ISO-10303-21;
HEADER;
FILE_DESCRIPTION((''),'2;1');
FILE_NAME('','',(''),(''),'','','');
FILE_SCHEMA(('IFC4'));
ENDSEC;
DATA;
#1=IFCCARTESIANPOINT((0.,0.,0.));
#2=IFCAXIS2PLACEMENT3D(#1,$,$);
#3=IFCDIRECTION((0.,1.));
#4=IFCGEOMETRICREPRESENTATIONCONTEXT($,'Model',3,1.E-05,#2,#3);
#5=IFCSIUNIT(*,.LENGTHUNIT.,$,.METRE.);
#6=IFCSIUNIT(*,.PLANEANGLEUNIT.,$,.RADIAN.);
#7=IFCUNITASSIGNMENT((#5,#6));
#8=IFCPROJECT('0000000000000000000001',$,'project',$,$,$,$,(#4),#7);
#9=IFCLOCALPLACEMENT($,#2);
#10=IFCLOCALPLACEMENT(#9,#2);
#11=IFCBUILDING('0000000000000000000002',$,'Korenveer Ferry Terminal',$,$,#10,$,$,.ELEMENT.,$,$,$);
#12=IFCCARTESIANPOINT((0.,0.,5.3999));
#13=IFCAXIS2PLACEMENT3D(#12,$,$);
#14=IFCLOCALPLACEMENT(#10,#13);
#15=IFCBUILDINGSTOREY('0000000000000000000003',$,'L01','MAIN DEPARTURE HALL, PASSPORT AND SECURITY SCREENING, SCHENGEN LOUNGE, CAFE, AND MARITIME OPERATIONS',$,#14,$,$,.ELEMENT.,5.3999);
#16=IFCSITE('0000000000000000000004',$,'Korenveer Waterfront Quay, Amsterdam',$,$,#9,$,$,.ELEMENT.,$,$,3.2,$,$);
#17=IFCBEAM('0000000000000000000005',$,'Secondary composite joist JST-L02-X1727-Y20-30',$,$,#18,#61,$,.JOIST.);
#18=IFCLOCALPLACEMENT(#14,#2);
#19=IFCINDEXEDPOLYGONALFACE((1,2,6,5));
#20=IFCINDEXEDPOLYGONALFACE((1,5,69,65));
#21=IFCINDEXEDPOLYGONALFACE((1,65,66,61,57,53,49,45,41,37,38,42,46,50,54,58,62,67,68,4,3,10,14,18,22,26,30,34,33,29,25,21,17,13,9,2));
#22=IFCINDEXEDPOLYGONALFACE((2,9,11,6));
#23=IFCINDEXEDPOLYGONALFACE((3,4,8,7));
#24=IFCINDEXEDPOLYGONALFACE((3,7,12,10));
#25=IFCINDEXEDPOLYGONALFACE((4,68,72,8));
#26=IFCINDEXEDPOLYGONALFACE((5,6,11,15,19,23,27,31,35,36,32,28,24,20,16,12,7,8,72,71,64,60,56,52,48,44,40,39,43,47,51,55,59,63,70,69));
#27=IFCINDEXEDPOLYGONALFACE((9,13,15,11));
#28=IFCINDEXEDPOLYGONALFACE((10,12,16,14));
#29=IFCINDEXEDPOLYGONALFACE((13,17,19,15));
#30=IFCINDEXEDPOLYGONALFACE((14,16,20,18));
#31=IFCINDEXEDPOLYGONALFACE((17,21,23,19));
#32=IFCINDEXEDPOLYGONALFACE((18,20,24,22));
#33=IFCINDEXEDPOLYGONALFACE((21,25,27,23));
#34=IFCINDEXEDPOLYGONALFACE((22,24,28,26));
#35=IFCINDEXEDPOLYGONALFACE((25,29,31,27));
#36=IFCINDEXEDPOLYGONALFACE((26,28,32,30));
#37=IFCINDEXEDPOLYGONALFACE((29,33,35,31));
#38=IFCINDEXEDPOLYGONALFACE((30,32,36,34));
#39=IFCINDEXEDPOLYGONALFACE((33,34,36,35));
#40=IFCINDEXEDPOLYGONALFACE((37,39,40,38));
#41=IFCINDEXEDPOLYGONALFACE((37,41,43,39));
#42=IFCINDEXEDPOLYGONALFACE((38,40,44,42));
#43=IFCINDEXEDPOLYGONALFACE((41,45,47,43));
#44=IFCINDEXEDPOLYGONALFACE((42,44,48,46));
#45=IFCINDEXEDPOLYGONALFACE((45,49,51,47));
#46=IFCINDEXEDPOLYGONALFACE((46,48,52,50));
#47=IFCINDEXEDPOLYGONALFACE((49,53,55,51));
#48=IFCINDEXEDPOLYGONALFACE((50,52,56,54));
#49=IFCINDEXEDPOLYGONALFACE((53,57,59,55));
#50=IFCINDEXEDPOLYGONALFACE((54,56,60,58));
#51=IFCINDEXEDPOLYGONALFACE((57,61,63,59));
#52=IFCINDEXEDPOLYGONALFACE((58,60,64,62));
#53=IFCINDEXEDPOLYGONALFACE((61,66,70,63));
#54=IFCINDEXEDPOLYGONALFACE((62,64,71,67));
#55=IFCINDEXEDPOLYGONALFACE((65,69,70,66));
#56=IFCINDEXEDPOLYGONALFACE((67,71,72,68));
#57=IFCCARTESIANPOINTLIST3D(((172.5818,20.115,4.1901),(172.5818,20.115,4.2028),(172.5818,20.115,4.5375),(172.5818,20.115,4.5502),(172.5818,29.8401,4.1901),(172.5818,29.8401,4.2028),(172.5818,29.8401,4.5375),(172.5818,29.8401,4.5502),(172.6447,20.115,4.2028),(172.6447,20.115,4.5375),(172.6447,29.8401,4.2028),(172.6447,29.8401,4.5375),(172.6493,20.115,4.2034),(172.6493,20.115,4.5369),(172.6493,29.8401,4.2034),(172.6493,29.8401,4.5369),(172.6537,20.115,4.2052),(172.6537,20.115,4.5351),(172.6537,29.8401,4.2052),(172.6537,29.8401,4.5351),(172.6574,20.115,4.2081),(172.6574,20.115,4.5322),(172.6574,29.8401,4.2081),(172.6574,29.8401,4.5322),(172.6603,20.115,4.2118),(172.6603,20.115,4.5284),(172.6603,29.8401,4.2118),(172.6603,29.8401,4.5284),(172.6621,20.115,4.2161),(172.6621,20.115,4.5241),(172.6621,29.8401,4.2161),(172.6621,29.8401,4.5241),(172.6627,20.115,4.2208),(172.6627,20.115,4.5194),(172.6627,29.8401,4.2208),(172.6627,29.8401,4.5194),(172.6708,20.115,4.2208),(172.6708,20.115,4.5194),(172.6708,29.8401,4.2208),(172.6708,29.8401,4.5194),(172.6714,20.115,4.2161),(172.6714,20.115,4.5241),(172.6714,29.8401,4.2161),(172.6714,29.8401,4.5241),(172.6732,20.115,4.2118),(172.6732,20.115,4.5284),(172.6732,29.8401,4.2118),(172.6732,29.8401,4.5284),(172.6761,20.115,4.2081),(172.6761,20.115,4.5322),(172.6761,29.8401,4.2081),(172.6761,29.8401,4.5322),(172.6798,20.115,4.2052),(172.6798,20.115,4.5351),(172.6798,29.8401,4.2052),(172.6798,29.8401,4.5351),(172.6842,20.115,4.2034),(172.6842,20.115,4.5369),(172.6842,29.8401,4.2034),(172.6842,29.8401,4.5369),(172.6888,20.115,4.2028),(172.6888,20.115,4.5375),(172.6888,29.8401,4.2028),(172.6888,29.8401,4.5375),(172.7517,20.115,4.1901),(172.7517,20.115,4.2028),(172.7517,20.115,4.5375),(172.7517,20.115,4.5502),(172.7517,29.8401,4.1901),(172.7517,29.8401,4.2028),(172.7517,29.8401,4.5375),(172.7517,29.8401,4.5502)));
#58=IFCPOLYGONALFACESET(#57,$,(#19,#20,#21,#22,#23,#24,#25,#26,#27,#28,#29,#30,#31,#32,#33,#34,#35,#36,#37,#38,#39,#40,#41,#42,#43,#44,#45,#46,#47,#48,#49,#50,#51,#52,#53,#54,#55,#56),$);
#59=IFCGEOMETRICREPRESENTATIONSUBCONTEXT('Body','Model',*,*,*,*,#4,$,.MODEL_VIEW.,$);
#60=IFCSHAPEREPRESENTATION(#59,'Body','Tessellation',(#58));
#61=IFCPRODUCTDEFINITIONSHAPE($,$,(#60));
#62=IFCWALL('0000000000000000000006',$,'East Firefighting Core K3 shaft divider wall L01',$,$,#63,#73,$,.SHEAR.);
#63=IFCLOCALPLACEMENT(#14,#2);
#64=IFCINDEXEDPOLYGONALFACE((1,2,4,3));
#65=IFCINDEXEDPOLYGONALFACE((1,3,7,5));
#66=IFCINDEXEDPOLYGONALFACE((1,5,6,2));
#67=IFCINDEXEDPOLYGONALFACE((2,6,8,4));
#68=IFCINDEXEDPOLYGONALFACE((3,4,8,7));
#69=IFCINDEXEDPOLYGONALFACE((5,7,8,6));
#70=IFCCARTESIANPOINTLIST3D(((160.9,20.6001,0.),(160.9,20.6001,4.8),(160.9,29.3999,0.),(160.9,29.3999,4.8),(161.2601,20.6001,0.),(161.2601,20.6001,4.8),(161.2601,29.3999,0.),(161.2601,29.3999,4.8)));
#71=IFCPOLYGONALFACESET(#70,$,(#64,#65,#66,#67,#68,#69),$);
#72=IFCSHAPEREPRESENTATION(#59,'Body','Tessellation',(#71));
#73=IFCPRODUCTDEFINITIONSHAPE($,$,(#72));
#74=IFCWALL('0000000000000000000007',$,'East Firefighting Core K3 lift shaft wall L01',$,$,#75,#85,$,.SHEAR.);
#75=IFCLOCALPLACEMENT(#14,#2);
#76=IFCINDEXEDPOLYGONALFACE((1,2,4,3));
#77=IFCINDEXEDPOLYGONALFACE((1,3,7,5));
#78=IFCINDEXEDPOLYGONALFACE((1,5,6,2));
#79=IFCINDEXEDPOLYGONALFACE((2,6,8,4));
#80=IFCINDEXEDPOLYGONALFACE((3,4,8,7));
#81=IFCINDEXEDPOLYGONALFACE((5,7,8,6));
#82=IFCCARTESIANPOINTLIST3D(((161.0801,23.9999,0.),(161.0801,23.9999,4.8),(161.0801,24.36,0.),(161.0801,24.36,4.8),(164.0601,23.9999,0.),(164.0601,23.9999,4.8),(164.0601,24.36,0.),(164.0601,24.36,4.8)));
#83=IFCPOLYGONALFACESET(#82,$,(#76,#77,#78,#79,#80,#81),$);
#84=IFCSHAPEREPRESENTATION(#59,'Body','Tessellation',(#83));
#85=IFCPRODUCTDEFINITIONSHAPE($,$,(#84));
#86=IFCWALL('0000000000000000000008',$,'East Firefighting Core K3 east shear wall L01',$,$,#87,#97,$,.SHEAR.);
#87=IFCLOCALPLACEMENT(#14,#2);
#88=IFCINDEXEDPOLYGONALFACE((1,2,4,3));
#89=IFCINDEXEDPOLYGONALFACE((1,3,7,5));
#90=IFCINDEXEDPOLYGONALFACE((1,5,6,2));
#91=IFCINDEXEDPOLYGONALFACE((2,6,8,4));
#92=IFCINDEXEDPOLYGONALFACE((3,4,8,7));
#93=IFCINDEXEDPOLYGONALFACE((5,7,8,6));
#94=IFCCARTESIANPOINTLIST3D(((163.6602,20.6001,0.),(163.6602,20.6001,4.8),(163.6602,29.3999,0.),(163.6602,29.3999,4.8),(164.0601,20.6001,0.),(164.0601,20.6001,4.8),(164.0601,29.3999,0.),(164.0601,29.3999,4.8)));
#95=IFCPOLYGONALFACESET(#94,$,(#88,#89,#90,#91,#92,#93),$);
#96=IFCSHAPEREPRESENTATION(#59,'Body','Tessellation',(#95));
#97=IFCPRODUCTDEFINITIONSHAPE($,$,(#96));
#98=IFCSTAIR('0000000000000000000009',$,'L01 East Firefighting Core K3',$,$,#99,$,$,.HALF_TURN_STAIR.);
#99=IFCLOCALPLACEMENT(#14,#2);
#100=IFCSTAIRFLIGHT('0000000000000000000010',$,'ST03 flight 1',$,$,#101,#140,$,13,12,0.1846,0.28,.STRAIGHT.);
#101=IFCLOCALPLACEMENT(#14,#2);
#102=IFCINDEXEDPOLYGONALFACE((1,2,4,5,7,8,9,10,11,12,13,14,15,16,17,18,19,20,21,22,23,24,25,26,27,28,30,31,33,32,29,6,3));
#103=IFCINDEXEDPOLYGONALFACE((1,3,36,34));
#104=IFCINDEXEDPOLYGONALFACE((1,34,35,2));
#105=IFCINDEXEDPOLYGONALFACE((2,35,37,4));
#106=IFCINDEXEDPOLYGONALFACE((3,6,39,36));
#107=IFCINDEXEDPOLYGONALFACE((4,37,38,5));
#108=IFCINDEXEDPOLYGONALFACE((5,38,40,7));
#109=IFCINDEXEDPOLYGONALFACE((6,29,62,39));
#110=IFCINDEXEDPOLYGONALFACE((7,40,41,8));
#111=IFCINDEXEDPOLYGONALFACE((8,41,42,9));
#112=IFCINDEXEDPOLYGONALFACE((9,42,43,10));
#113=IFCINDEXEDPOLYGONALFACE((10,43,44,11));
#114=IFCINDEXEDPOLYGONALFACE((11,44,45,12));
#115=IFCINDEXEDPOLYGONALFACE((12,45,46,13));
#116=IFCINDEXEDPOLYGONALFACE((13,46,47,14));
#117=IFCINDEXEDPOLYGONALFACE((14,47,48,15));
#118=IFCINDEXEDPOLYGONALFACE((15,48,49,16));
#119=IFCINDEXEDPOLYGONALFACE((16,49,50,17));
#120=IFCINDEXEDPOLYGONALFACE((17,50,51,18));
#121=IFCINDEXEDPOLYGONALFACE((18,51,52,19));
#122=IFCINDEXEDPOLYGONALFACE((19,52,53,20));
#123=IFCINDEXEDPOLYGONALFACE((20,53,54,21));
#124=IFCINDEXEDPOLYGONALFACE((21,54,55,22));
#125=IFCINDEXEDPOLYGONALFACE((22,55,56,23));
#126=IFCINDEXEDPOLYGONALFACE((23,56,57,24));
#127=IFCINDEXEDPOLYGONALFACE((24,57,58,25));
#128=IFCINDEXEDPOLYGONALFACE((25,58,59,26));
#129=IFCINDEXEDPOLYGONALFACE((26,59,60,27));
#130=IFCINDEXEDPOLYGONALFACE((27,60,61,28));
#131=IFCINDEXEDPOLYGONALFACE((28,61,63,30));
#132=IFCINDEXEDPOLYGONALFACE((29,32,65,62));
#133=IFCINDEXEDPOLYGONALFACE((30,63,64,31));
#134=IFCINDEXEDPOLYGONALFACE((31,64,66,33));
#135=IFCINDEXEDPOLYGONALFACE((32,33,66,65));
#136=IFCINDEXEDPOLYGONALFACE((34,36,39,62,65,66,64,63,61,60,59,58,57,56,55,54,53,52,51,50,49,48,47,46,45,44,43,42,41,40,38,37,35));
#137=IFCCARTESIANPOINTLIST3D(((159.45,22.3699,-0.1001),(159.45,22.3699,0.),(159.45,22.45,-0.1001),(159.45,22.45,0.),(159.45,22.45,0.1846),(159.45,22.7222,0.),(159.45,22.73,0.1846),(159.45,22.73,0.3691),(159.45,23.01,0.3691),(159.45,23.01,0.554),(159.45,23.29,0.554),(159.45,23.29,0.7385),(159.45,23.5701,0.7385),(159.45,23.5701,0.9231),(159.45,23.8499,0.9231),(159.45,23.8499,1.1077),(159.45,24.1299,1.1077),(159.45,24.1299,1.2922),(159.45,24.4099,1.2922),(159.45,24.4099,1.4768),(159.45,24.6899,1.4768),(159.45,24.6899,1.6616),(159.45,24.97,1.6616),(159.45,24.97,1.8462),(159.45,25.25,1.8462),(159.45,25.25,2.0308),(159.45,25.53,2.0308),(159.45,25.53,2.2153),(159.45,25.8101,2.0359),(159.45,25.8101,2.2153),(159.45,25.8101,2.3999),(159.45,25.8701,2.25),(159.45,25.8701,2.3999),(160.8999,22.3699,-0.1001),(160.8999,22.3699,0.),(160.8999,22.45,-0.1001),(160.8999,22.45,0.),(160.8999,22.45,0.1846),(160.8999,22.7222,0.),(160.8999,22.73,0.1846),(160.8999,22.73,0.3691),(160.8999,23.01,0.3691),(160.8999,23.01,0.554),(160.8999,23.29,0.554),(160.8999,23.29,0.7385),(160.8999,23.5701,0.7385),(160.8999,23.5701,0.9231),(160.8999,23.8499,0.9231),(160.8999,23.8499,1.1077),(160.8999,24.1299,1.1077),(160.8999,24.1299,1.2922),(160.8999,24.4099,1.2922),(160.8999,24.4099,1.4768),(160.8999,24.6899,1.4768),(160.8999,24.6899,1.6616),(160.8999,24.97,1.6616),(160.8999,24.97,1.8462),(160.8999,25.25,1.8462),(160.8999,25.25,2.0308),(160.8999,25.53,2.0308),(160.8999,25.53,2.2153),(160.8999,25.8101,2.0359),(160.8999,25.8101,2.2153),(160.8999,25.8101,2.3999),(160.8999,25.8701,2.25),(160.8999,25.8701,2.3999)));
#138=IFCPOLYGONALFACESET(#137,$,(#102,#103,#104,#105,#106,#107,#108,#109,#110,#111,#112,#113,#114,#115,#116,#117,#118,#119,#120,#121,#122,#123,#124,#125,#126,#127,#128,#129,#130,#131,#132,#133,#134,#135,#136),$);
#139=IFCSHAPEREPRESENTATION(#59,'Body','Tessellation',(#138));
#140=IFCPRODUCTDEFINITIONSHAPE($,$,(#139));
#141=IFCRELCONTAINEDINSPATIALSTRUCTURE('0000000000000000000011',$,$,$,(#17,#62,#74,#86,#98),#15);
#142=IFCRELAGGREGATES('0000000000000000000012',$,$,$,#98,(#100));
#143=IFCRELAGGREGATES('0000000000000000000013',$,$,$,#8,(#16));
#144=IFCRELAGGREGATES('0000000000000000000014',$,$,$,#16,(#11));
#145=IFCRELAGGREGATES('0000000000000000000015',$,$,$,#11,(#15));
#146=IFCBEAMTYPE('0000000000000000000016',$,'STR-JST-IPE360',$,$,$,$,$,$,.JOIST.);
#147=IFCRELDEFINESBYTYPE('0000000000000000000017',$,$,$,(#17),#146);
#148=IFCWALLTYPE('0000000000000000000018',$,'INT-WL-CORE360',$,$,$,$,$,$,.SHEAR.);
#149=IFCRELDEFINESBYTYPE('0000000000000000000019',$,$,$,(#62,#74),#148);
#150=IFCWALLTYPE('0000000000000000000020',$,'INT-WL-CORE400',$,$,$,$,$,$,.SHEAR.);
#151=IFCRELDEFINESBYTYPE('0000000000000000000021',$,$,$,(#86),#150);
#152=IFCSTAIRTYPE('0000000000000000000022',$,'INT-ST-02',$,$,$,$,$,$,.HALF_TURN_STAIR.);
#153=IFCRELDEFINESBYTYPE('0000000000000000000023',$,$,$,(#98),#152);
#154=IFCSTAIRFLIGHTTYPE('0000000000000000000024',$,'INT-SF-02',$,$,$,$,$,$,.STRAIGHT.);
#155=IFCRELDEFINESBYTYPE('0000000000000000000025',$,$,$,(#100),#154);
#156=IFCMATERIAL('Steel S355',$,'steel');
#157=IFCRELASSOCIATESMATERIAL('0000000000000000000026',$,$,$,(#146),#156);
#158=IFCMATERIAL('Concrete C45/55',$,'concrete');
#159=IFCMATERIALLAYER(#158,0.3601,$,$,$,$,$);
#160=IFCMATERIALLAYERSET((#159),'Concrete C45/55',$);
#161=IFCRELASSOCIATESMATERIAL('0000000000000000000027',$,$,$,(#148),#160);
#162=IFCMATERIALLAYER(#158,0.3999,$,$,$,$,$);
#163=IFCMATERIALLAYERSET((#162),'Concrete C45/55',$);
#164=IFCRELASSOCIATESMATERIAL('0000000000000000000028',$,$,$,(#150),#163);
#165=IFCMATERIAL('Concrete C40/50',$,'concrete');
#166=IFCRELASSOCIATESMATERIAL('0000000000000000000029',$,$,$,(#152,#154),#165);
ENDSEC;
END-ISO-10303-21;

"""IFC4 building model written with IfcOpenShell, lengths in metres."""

from ifc_helpers import new_model, si_unit, direction, frame, frame_2d, origin, origin_2d, place, context, subcontext, project, spatial, polyline, rectangle, i_section, outline, extrude, material, layer, layer_set, material_profile, profile_set, type_object, element, aggregate, save


model = new_model("IFC4")

# Units and contexts
model_context = context("Model", 3, precision=1e-05, world=origin(), true_north=direction((0.0, 1.0)))
body_context = subcontext(model_context, "Body", "Model", "MODEL_VIEW")
ifc_project = project(units=[si_unit("LENGTHUNIT", "METRE"), si_unit("PLANEANGLEUNIT", "RADIAN")], contexts=[model_context])

# Site, building, storey
site_placement = place(None, origin())
site = spatial("IfcSite", under=ifc_project, at=site_placement, Name="Korenveer Waterfront Quay, Amsterdam", CompositionType="ELEMENT", RefElevation=3.2)
building_placement = place(site_placement, origin())
building = spatial("IfcBuilding", under=site, at=building_placement, Name="Korenveer Ferry Terminal", CompositionType="ELEMENT")
storey_placement = place(building_placement, frame((0.0, 0.0, 5.3999)))
storey = spatial("IfcBuildingStorey", under=building, at=storey_placement, Name="L01", Description="MAIN DEPARTURE HALL, PASSPORT AND SECURITY SCREENING, SCHENGEN LOUNGE, CAFE, AND MARITIME OPERATIONS", CompositionType="ELEMENT", Elevation=5.3999)

# Shared definitions
ifc_material_1 = material(Name="Concrete C45/55", Category="concrete")

# Beam
ifc_material_2 = material(Name="Steel S355", Category="steel")
ifc_material_profile_1 = material_profile(ifc_material_2, i_section(OverallWidth=0.1699, OverallDepth=0.3601, WebThickness=0.0081, FlangeThickness=0.0127, FilletRadius=0.0181, at=origin_2d()), Name="IPE 360")
ifc_profile_set_1 = profile_set([ifc_material_profile_1], Name="Steel S355")
beam_type_1 = type_object("IfcBeamType", Name="STR-JST-IPE360", PredefinedType="JOIST", material=ifc_profile_set_1)
for number, where, z_axis, x_axis, name in (
    (1, (172.6667, 20.115, 4.3701), (0.0, 1.0, 0.0), (-1.0, 0.0, 0.0), "Secondary composite joist JST-L02-X1727-Y20-30"),
):
    element("IfcBeam", number, at=place(storey_placement, frame(where, z_axis=z_axis, x_axis=x_axis)), inside=storey, type_object=beam_type_1, Name=name, PredefinedType="JOIST", context=body_context, shape_type="SweptSolid", body=[
        extrude(i_section(OverallWidth=0.1699, OverallDepth=0.3601, WebThickness=0.0081, FlangeThickness=0.0127, FilletRadius=0.0181, at=origin_2d()), origin(), (0.0, 0.0, 1.0), 9.7251),
    ])

# Walls
ifc_layer_1 = layer(ifc_material_1, 0.3601)
ifc_layer_set_1 = layer_set([ifc_layer_1], Name="Concrete C45/55")
wall_type_1 = type_object("IfcWallType", Name="INT-WL-CORE360", PredefinedType="SHEAR", material=ifc_layer_set_1)
wall_1_placement = place(storey_placement, frame((161.0801, 20.6001, 0.0), z_axis=(0.0, 0.0, 1.0), x_axis=(0.0, 1.0, 0.0)))
element("IfcWall", 2, at=wall_1_placement, inside=storey, type_object=wall_type_1, Name="East Firefighting Core K3 shaft divider wall L01", PredefinedType="SHEAR", context=body_context, shape_type="SweptSolid", body=[
    extrude(rectangle(XDim=8.7998, YDim=0.3601, at=frame_2d((4.3999, 0.0))), origin(), (0.0, 0.0, 1.0), 4.8),
])
wall_2_placement = place(storey_placement, frame((161.0801, 24.1799, 0.0), z_axis=(0.0, 0.0, 1.0), x_axis=(1.0, 0.0, 0.0)))
element("IfcWall", 3, at=wall_2_placement, inside=storey, type_object=wall_type_1, Name="East Firefighting Core K3 lift shaft wall L01", PredefinedType="SHEAR", context=body_context, shape_type="SweptSolid", body=[
    extrude(rectangle(XDim=2.98, YDim=0.3601, at=frame_2d((1.49, 0.0))), origin(), (0.0, 0.0, 1.0), 4.8),
])
ifc_layer_2 = layer(ifc_material_1, 0.3999)
ifc_layer_set_2 = layer_set([ifc_layer_2], Name="Concrete C45/55")
wall_type_2 = type_object("IfcWallType", Name="INT-WL-CORE400", PredefinedType="SHEAR", material=ifc_layer_set_2)
wall_3_placement = place(storey_placement, frame((163.8601, 20.6001, 0.0), z_axis=(0.0, 0.0, 1.0), x_axis=(0.0, 1.0, 0.0)))
element("IfcWall", 4, at=wall_3_placement, inside=storey, type_object=wall_type_2, Name="East Firefighting Core K3 east shear wall L01", PredefinedType="SHEAR", context=body_context, shape_type="SweptSolid", body=[
    extrude(rectangle(XDim=8.7998, YDim=0.3999, at=frame_2d((4.3999, 0.0))), origin(), (0.0, 0.0, 1.0), 4.8),
])

# Stair, stair flight
ifc_material_3 = material(Name="Concrete C40/50", Category="concrete")
stair_type = type_object("IfcStairType", Name="INT-ST-02", PredefinedType="HALF_TURN_STAIR", material=ifc_material_3)
stair_placement = place(storey_placement, frame((160.175, 22.45, 0.0)))
stair = element("IfcStair", 5, at=stair_placement, inside=storey, type_object=stair_type, Name="L01 East Firefighting Core K3", PredefinedType="HALF_TURN_STAIR")
stair_flight_type = type_object("IfcStairFlightType", Name="INT-SF-02", PredefinedType="STRAIGHT", material=ifc_material_3)
stair_flight_placement = place(storey_placement, frame((160.175, 22.45, 0.0), z_axis=(0.0, 0.0, 1.0), x_axis=(0.0, 1.0, 0.0)))
stair_flight = element("IfcStairFlight", 6, at=stair_flight_placement, type_object=stair_flight_type, Name="ST03 flight 1", NumberOfRisers=13, NumberOfTreads=12, PredefinedType="STRAIGHT", RiserHeight=0.1846, TreadLength=0.28, context=body_context, shape_type="SweptSolid", body=[
    extrude(outline(polyline([(-0.0801, 0.0), (0.0, 0.0), (0.0, 0.1846), (0.28, 0.1846), (0.28, 0.3691), (0.5601, 0.3691), (0.5601, 0.554), (0.8401, 0.554), (0.8401, 0.7385), (1.1201, 0.7385), (1.1201, 0.9231), (1.3999, 0.9231), (1.3999, 1.1077), (1.6799, 1.1077), (1.6799, 1.2922), (1.96, 1.2922), (1.96, 1.4768), (2.24, 1.4768), (2.24, 1.6616), (2.52, 1.6616), (2.52, 1.8462), (2.8, 1.8462), (2.8, 2.0308), (3.0801, 2.0308), (3.0801, 2.2153), (3.3601, 2.2153), (3.3601, 2.3999), (3.4202, 2.3999), (3.4202, 2.25), (3.3601, 2.0359), (0.2722, 0.0), (0.0, -0.1001), (-0.0801, -0.1001), (-0.0801, 0.0)])), frame((0.0, 0.7251, 0.0), z_axis=(0.0, -1.0, 0.0), x_axis=(1.0, 0.0, 0.0)), (0.0, 0.0, 1.0), 1.45),
])
aggregate(stair, [stair_flight])

save(model, "model.ifc")
